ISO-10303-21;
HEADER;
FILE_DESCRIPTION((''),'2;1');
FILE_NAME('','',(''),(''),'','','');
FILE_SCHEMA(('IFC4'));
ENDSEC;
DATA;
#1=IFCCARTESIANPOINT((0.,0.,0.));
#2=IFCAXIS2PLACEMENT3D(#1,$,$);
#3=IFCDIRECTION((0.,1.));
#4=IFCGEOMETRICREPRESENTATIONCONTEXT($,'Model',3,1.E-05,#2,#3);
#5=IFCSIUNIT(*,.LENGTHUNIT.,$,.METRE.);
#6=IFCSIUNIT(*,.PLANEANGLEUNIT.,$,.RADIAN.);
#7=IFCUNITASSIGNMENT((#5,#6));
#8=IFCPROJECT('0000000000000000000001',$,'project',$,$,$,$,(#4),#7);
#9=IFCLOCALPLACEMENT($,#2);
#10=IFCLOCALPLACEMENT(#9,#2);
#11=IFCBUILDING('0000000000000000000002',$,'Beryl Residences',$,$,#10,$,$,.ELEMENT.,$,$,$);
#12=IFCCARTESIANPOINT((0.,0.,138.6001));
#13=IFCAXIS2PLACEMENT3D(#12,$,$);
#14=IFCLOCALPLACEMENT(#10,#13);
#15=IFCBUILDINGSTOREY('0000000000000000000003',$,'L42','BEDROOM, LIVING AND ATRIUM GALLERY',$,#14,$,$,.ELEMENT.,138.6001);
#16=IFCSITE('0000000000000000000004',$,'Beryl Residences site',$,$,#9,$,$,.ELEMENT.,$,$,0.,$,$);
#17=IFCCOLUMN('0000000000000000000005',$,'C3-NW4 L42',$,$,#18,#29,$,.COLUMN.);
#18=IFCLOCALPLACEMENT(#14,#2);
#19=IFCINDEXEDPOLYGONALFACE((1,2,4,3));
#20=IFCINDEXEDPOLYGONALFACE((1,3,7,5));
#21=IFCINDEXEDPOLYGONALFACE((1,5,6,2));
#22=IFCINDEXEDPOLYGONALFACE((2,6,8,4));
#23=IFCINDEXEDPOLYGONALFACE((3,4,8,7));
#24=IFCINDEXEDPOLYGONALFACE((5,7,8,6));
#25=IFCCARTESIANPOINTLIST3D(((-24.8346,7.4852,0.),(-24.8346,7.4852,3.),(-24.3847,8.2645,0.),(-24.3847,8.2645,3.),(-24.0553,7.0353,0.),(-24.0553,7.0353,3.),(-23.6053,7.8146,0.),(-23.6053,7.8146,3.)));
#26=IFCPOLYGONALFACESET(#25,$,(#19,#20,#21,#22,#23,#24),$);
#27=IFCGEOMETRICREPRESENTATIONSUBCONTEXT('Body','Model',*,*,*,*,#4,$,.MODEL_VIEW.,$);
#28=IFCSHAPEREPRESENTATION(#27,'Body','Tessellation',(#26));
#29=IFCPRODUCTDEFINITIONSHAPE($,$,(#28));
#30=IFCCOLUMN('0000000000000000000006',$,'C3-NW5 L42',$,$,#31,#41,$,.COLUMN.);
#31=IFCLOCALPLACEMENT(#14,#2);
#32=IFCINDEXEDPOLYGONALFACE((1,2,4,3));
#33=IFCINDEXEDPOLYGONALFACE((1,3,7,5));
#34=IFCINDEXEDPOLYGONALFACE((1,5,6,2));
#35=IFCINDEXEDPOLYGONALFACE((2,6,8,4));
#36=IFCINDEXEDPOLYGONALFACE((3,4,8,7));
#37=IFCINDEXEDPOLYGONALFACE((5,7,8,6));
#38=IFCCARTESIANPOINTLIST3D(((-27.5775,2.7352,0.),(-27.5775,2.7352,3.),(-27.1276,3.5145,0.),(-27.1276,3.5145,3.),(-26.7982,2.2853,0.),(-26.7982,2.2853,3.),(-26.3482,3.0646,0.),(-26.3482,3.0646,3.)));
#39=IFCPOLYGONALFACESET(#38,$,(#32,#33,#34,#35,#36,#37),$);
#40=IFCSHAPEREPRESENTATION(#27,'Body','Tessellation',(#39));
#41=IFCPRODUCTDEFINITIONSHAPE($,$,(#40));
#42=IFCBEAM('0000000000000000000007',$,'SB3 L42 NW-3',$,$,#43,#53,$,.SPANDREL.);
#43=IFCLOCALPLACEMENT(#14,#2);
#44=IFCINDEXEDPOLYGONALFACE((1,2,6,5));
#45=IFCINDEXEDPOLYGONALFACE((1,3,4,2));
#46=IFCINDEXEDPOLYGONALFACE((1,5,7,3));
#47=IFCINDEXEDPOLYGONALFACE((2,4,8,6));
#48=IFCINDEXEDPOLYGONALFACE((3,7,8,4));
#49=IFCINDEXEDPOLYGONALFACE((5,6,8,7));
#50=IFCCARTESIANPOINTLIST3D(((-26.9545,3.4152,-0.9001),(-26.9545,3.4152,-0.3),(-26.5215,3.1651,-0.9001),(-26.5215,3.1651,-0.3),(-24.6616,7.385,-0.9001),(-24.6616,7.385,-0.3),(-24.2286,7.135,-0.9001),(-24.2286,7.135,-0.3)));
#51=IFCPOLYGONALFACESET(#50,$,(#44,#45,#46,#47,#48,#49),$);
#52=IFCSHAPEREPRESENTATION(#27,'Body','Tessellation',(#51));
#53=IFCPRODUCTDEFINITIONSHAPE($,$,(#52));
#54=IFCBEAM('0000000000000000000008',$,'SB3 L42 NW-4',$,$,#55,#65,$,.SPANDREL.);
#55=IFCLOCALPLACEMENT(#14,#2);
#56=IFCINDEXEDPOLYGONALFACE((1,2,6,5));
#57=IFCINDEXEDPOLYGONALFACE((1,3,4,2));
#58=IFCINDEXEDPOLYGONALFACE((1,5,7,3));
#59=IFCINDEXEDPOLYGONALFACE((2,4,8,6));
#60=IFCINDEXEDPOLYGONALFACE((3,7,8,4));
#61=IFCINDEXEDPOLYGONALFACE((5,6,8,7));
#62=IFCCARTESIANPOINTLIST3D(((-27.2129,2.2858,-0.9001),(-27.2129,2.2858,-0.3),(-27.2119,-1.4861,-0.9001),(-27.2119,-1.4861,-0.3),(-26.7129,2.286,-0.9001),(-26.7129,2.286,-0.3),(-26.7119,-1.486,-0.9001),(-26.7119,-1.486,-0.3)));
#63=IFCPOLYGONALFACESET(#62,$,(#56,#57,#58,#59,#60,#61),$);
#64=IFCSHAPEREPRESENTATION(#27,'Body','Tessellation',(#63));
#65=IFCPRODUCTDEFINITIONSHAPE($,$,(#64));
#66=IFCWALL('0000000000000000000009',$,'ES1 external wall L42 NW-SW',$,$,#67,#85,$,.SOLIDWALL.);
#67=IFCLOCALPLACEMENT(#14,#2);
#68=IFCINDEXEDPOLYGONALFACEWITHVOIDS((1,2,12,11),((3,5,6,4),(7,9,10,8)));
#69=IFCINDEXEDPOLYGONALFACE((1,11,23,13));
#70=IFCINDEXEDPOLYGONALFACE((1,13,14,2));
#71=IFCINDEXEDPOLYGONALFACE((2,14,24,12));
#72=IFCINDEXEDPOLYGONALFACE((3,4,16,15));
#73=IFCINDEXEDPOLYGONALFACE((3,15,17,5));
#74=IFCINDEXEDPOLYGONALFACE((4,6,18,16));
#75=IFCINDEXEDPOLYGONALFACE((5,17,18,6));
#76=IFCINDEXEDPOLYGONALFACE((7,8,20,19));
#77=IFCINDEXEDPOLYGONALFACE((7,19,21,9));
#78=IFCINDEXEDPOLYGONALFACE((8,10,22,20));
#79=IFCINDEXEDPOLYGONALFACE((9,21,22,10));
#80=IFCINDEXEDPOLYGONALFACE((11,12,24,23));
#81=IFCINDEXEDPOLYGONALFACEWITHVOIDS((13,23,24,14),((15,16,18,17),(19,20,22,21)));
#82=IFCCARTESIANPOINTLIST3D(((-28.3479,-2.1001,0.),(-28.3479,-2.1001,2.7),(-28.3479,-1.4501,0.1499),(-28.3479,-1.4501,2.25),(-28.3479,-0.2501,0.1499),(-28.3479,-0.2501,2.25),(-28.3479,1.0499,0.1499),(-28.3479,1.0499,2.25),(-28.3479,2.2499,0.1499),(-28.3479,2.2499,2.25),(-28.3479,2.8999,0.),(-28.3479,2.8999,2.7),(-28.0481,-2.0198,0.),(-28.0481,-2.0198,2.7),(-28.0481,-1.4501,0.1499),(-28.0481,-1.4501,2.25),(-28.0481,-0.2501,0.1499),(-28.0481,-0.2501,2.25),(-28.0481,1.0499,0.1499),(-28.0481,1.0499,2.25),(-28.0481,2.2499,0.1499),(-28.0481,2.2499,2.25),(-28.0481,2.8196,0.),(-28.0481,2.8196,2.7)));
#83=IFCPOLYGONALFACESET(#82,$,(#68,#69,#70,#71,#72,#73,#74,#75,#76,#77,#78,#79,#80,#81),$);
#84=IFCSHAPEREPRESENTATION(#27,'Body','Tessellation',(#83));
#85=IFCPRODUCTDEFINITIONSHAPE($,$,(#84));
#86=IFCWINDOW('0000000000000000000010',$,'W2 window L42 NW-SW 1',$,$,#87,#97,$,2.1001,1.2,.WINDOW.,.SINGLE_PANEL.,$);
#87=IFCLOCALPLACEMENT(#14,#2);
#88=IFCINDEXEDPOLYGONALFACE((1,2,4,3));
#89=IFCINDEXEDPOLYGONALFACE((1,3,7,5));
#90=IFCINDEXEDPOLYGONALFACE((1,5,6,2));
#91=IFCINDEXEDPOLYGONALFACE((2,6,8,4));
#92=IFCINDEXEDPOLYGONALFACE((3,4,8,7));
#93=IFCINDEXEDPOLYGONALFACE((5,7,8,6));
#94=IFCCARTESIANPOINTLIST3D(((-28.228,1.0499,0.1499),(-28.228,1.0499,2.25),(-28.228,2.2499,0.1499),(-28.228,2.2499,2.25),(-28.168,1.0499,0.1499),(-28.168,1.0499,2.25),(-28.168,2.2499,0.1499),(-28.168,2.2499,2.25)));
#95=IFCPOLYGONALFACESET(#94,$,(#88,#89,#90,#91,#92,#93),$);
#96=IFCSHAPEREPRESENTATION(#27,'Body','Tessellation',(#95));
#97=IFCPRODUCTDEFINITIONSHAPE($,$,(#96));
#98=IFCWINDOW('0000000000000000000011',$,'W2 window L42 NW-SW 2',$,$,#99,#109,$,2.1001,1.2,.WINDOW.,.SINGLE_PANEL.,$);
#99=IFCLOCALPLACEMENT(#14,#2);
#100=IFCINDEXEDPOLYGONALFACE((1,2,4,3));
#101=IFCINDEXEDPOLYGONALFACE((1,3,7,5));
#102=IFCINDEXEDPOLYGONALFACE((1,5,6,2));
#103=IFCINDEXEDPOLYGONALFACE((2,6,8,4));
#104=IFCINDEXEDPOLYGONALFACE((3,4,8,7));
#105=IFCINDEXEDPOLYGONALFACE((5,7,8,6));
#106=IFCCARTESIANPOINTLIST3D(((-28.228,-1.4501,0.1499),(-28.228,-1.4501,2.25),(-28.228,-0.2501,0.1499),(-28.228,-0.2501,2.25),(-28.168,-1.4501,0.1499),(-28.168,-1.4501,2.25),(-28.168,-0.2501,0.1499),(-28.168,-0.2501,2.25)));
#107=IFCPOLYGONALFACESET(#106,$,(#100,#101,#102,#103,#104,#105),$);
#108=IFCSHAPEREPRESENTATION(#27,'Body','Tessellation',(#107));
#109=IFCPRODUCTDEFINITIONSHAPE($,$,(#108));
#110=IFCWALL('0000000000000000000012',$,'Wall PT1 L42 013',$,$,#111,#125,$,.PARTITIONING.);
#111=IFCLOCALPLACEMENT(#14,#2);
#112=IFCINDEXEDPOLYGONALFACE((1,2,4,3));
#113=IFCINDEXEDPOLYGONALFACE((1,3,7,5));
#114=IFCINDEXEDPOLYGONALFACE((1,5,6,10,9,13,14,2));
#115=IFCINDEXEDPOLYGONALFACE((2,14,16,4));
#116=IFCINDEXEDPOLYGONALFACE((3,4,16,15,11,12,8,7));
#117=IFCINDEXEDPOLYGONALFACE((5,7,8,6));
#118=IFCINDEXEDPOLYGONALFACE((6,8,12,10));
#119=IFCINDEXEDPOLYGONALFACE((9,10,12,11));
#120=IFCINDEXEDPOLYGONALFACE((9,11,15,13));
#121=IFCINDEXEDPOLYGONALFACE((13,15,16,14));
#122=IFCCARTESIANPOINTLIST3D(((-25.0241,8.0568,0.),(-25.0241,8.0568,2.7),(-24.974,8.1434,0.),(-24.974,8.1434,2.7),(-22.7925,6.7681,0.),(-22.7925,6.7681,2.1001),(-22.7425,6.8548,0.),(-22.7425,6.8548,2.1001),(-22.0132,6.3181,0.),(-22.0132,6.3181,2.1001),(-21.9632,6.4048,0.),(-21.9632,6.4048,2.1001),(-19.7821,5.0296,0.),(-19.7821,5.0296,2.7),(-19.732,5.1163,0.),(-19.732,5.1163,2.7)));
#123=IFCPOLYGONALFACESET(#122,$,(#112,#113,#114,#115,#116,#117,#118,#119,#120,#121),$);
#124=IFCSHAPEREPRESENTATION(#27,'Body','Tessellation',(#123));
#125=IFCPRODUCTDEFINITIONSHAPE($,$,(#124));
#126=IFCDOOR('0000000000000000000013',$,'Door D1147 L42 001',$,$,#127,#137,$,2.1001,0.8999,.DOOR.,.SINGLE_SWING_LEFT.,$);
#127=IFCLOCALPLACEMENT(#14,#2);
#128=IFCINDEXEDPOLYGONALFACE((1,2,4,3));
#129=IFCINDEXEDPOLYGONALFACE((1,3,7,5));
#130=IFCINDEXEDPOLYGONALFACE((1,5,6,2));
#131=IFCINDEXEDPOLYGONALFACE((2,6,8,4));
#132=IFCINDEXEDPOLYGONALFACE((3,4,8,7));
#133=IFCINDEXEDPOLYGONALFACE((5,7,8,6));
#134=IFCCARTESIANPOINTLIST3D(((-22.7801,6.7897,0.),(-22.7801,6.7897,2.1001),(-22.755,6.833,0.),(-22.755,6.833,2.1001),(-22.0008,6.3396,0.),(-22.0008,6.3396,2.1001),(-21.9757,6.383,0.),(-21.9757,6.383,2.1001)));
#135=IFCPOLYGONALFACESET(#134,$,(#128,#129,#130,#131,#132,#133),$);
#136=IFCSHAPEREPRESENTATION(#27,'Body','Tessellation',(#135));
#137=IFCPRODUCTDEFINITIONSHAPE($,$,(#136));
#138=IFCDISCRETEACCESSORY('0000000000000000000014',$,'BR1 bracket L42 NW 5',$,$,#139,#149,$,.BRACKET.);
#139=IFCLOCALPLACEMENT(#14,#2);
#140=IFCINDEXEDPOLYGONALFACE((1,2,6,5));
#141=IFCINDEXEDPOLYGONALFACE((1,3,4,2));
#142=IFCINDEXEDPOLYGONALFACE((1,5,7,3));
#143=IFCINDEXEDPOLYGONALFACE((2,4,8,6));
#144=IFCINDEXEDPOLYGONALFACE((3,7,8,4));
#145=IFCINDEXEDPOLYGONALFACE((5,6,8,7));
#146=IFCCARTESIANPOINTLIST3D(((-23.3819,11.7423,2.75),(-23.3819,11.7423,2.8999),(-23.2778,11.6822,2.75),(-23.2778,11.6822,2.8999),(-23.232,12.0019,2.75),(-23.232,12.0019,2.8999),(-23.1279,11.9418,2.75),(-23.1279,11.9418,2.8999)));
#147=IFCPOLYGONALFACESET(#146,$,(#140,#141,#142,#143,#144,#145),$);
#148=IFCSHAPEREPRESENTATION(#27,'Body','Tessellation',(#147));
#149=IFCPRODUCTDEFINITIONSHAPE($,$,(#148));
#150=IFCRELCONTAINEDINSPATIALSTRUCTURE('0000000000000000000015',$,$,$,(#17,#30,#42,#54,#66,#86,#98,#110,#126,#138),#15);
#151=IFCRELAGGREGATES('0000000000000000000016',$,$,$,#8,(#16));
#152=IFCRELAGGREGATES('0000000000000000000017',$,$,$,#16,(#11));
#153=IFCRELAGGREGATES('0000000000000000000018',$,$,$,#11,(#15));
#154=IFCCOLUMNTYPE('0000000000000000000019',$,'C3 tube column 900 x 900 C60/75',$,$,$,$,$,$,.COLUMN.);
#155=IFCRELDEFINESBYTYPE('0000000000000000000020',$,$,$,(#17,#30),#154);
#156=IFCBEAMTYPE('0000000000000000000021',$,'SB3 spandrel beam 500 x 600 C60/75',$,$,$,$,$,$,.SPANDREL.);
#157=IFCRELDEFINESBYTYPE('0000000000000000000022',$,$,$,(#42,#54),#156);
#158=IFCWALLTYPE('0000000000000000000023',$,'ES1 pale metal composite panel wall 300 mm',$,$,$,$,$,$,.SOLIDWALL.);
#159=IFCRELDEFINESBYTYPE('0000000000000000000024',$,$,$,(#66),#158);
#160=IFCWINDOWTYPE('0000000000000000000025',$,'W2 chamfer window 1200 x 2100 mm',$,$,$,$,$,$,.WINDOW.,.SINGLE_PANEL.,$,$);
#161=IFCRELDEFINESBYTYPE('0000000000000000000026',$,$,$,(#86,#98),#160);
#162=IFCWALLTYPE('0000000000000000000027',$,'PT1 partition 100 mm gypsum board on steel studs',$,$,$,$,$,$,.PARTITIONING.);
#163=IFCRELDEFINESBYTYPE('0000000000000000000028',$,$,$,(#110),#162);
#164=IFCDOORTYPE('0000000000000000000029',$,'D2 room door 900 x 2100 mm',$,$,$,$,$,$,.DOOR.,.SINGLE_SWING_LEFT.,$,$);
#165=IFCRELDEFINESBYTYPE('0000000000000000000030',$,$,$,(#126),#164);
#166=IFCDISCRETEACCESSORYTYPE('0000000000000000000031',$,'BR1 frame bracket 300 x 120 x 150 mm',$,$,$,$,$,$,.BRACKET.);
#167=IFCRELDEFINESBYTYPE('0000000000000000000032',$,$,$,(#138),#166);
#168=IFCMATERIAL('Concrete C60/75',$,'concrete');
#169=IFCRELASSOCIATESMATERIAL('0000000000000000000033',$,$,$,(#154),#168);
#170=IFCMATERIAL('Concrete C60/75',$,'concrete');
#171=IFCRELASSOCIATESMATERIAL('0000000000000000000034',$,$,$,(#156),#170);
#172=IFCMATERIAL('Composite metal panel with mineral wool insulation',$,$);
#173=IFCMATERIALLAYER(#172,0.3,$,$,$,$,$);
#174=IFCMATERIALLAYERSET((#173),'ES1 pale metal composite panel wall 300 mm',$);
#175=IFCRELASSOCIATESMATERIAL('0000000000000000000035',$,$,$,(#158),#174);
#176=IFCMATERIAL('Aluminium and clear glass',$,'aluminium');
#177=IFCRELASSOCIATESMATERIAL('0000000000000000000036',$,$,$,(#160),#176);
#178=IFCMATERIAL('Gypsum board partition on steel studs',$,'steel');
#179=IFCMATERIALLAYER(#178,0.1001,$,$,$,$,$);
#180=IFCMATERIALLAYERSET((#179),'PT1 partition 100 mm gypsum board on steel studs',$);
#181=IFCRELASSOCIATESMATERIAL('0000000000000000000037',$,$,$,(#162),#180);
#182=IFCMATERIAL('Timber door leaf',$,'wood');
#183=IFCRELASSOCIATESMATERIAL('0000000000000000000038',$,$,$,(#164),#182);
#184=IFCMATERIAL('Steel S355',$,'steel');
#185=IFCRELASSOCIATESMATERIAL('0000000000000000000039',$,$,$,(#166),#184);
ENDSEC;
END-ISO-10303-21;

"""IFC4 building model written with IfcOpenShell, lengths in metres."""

from ifc_helpers import new_model, si_unit, direction, frame, frame_2d, origin, origin_2d, place, context, subcontext, project, spatial, polyline, rectangle, outline, extrude, source, transform, mapped, material, layer, layer_set, material_profile, profile_set, type_object, type_shapes, element, fill, save


model = new_model("IFC4")

# Units and contexts
model_context = context("Model", 3, precision=1e-05, world=origin(), true_north=direction((0.0, 1.0)))
body_context = subcontext(model_context, "Body", "Model", "MODEL_VIEW")
ifc_project = project(units=[si_unit("LENGTHUNIT", "METRE"), si_unit("PLANEANGLEUNIT", "RADIAN")], contexts=[model_context])

# Site, building, storey
site_placement = place(None, origin())
site = spatial("IfcSite", under=ifc_project, at=site_placement, Name="Beryl Residences site", CompositionType="ELEMENT", RefElevation=0.0)
building_placement = place(site_placement, origin())
building = spatial("IfcBuilding", under=site, at=building_placement, Name="Beryl Residences", CompositionType="ELEMENT")
storey_placement = place(building_placement, frame((0.0, 0.0, 138.6001)))
storey = spatial("IfcBuildingStorey", under=building, at=storey_placement, Name="L42", Description="BEDROOM, LIVING AND ATRIUM GALLERY", CompositionType="ELEMENT", Elevation=138.6001)

# Columns
ifc_material_1 = material(Name="Concrete C60/75", Category="concrete")
ifc_material_profile_1 = material_profile(ifc_material_1, rectangle(XDim=0.8999, YDim=0.8999, at=origin_2d()))
ifc_profile_set_1 = profile_set([ifc_material_profile_1], Name="Concrete C60/75")
column_type = type_object("IfcColumnType", Name="C3 tube column 900 x 900 C60/75", PredefinedType="COLUMN", material=ifc_profile_set_1)
for number, where, z_axis, x_axis, name in (
    (1, (-24.22, 7.6499, 0.0), (0.0, 0.0, 1.0), (-0.5, -0.866025, 0.0), "C3-NW4 L42"),
    (2, (-26.9629, 2.8999, 0.0), (0.0, 0.0, 1.0), (-0.5, -0.866025, 0.0), "C3-NW5 L42"),
):
    element("IfcColumn", number, at=place(storey_placement, frame(where, z_axis=z_axis, x_axis=x_axis)), inside=storey, type_object=column_type, Name=name, PredefinedType="COLUMN", context=body_context, shape_type="SweptSolid", body=[
        extrude(rectangle(XDim=0.8999, YDim=0.8999, at=origin_2d()), origin(), (0.0, 0.0, 1.0), 3.0),
    ])

# Beams
ifc_material_2 = material(Name="Concrete C60/75", Category="concrete")
ifc_material_profile_2 = material_profile(ifc_material_2, rectangle(XDim=0.5, YDim=0.6001, at=origin_2d()))
ifc_profile_set_2 = profile_set([ifc_material_profile_2], Name="Concrete C60/75")
beam_type = type_object("IfcBeamType", Name="SB3 spandrel beam 500 x 600 C60/75", PredefinedType="SPANDREL", material=ifc_profile_set_2)
beam_1_placement = place(storey_placement, frame((-24.4451, 7.26, -0.6001), z_axis=(-0.500148, -0.86594, 0.0), x_axis=(0.86594, -0.500148, 0.0)))
element("IfcBeam", 3, at=beam_1_placement, inside=storey, type_object=beam_type, Name="SB3 L42 NW-3", PredefinedType="SPANDREL", context=body_context, shape_type="SweptSolid", body=[
    extrude(rectangle(XDim=0.5, YDim=0.6001, at=origin_2d()), origin(), (0.0, 0.0, 1.0), 4.5845),
])
beam_2_placement = place(storey_placement, frame((-26.9629, 2.2859, -0.6001), z_axis=(0.000259, -1.0, 0.0), x_axis=(1.0, 0.000259, 0.0)))
element("IfcBeam", 4, at=beam_2_placement, inside=storey, type_object=beam_type, Name="SB3 L42 NW-4", PredefinedType="SPANDREL", context=body_context, shape_type="SweptSolid", body=[
    extrude(rectangle(XDim=0.5, YDim=0.6001, at=origin_2d()), origin(), (0.0, 0.0, 1.0), 3.772),
])

# Wall, openings, windows
ifc_material_3 = material(Name="Composite metal panel with mineral wool insulation")
ifc_layer_1 = layer(ifc_material_3, 0.3)
ifc_layer_set_1 = layer_set([ifc_layer_1], Name="ES1 pale metal composite panel wall 300 mm")
wall_type_1 = type_object("IfcWallType", Name="ES1 pale metal composite panel wall 300 mm", PredefinedType="SOLIDWALL", material=ifc_layer_set_1)
wall_1_placement = place(storey_placement, frame((-28.198, 2.8999, 0.0), z_axis=(0.0, 0.0, 1.0), x_axis=(0.0, -1.0, 0.0)))
wall_1 = element("IfcWall", 5, at=wall_1_placement, inside=storey, type_object=wall_type_1, Name="ES1 external wall L42 NW-SW", PredefinedType="SOLIDWALL", context=body_context, shape_type="SweptSolid", body=[
    extrude(outline(polyline([(0.0, -0.1499), (5.0, -0.1499), (4.9197, 0.1499), (0.0803, 0.1499), (0.0, -0.1499)])), origin(), (0.0, 0.0, 1.0), 2.7),
])
opening_1_placement = place(wall_1_placement, frame((0.6499, 0.0, 0.1499)))
opening_1 = element("IfcOpeningElement", 6, at=opening_1_placement, cuts=wall_1, PredefinedType="OPENING", context=body_context, shape_type="SweptSolid", body=[
    extrude(rectangle(XDim=1.2, YDim=2.1001, at=frame_2d((0.6001, 1.05))), frame((0.0, 0.1599, 0.0), z_axis=(0.0, -1.0, 0.0), x_axis=(1.0, 0.0, 0.0)), (0.0, 0.0, 1.0), 0.3201),
])
opening_2_placement = place(wall_1_placement, frame((3.1499, 0.0, 0.1499)))
opening_2 = element("IfcOpeningElement", 7, at=opening_2_placement, cuts=wall_1, PredefinedType="OPENING", context=body_context, shape_type="SweptSolid", body=[
    extrude(rectangle(XDim=1.2, YDim=2.1001, at=frame_2d((0.6001, 1.05))), frame((0.0, 0.1599, 0.0), z_axis=(0.0, -1.0, 0.0), x_axis=(1.0, 0.0, 0.0)), (0.0, 0.0, 1.0), 0.3201),
])
ifc_material_4 = material(Name="Aluminium and clear glass", Category="aluminium")
window_type = type_object("IfcWindowType", Name="W2 chamfer window 1200 x 2100 mm", PartitioningType="SINGLE_PANEL", PredefinedType="WINDOW", material=ifc_material_4)
window_1_placement = place(opening_1_placement, origin())
window_1 = element("IfcWindow", 8, at=window_1_placement, inside=storey, type_object=window_type, Name="W2 window L42 NW-SW 1", OverallHeight=2.1001, OverallWidth=1.2, PartitioningType="SINGLE_PANEL", PredefinedType="WINDOW", context=body_context, shape_type="SweptSolid", body=[
    extrude(rectangle(XDim=1.2, YDim=2.1001, at=frame_2d((0.6001, 1.05))), frame((0.0, 0.03, 0.0), z_axis=(0.0, -1.0, 0.0), x_axis=(1.0, 0.0, 0.0)), (0.0, 0.0, 1.0), 0.0601),
])
fill(opening_1, window_1)
window_2_placement = place(opening_2_placement, origin())
window_2 = element("IfcWindow", 9, at=window_2_placement, inside=storey, type_object=window_type, Name="W2 window L42 NW-SW 2", OverallHeight=2.1001, OverallWidth=1.2, PartitioningType="SINGLE_PANEL", PredefinedType="WINDOW", context=body_context, shape_type="SweptSolid", body=[
    extrude(rectangle(XDim=1.2, YDim=2.1001, at=frame_2d((0.6001, 1.05))), frame((0.0, 0.03, 0.0), z_axis=(0.0, -1.0, 0.0), x_axis=(1.0, 0.0, 0.0)), (0.0, 0.0, 1.0), 0.0601),
])
fill(opening_2, window_2)

# Wall, opening, door
ifc_material_5 = material(Name="Gypsum board partition on steel studs", Category="steel")
ifc_layer_2 = layer(ifc_material_5, 0.1001)
ifc_layer_set_2 = layer_set([ifc_layer_2], Name="PT1 partition 100 mm gypsum board on steel studs")
wall_type_2 = type_object("IfcWallType", Name="PT1 partition 100 mm gypsum board on steel studs", PredefinedType="PARTITIONING", material=ifc_layer_set_2)
wall_2_placement = place(storey_placement, frame((-24.999, 8.1001, 0.0), z_axis=(0.0, 0.0, 1.0), x_axis=(0.865978, -0.500082, 0.0)))
wall_2 = element("IfcWall", 10, at=wall_2_placement, inside=storey, type_object=wall_type_2, Name="Wall PT1 L42 013", PredefinedType="PARTITIONING", context=body_context, shape_type="SweptSolid", body=[
    extrude(rectangle(XDim=6.0532, YDim=0.1001, at=frame_2d((3.0266, 0.0))), origin(), (0.0, 0.0, 1.0), 2.7),
])
opening_3_placement = place(wall_2_placement, frame((2.5769, 0.0, 0.0)))
opening_3 = element("IfcOpeningElement", 11, at=opening_3_placement, cuts=wall_2, PredefinedType="OPENING", context=body_context, shape_type="SweptSolid", body=[
    extrude(rectangle(XDim=0.8999, YDim=2.1001, at=frame_2d((0.45, 1.05))), frame((0.0, 0.0601, 0.0), z_axis=(0.0, -1.0, 0.0), x_axis=(1.0, 0.0, 0.0)), (0.0, 0.0, 1.0), 0.1201),
])
ifc_material_6 = material(Name="Timber door leaf", Category="wood")
door_type = type_object("IfcDoorType", Name="D2 room door 900 x 2100 mm", OperationType="SINGLE_SWING_LEFT", PredefinedType="DOOR", material=ifc_material_6)
door_placement = place(opening_3_placement, origin())
door = element("IfcDoor", 12, at=door_placement, inside=storey, type_object=door_type, Name="Door D1147 L42 001", OperationType="SINGLE_SWING_LEFT", OverallHeight=2.1001, OverallWidth=0.8999, PredefinedType="DOOR", context=body_context, shape_type="SweptSolid", body=[
    extrude(rectangle(XDim=0.8999, YDim=2.1001, at=frame_2d((0.45, 1.05))), frame((0.0, 0.0249, 0.0), z_axis=(0.0, -1.0, 0.0), x_axis=(1.0, 0.0, 0.0)), (0.0, 0.0, 1.0), 0.05),
])
fill(opening_3, door)

# Discrete accessory
ifc_material_7 = material(Name="Steel S355", Category="steel")
discrete_accessory_type = type_object("IfcDiscreteAccessoryType", Name="BR1 frame bracket 300 x 120 x 150 mm", PredefinedType="BRACKET", material=ifc_material_7)
shared_shape_1 = source(origin(), body_context, "Body", "SweptSolid", [
    extrude(outline(polyline([(-0.1499, 0.0), (0.1499, 0.0), (0.1499, 0.1201), (-0.1499, 0.1201), (-0.1499, 0.0)])), origin(), (0.0, 0.0, 1.0), 0.1499),
])
type_shapes(discrete_accessory_type, [shared_shape_1])
discrete_accessory_placement = place(storey_placement, frame((-23.2029, 11.812, 2.75), z_axis=(0.0, 0.0, 1.0), x_axis=(0.5, 0.866025, 0.0)))
element("IfcDiscreteAccessory", 13, at=discrete_accessory_placement, inside=storey, type_object=discrete_accessory_type, Name="BR1 bracket L42 NW 5", PredefinedType="BRACKET", context=body_context, shape_type="MappedRepresentation", body=[
    mapped(shared_shape_1, transform((0.0, 0.0, 0.0))),
])

save(model, "model.ifc")
